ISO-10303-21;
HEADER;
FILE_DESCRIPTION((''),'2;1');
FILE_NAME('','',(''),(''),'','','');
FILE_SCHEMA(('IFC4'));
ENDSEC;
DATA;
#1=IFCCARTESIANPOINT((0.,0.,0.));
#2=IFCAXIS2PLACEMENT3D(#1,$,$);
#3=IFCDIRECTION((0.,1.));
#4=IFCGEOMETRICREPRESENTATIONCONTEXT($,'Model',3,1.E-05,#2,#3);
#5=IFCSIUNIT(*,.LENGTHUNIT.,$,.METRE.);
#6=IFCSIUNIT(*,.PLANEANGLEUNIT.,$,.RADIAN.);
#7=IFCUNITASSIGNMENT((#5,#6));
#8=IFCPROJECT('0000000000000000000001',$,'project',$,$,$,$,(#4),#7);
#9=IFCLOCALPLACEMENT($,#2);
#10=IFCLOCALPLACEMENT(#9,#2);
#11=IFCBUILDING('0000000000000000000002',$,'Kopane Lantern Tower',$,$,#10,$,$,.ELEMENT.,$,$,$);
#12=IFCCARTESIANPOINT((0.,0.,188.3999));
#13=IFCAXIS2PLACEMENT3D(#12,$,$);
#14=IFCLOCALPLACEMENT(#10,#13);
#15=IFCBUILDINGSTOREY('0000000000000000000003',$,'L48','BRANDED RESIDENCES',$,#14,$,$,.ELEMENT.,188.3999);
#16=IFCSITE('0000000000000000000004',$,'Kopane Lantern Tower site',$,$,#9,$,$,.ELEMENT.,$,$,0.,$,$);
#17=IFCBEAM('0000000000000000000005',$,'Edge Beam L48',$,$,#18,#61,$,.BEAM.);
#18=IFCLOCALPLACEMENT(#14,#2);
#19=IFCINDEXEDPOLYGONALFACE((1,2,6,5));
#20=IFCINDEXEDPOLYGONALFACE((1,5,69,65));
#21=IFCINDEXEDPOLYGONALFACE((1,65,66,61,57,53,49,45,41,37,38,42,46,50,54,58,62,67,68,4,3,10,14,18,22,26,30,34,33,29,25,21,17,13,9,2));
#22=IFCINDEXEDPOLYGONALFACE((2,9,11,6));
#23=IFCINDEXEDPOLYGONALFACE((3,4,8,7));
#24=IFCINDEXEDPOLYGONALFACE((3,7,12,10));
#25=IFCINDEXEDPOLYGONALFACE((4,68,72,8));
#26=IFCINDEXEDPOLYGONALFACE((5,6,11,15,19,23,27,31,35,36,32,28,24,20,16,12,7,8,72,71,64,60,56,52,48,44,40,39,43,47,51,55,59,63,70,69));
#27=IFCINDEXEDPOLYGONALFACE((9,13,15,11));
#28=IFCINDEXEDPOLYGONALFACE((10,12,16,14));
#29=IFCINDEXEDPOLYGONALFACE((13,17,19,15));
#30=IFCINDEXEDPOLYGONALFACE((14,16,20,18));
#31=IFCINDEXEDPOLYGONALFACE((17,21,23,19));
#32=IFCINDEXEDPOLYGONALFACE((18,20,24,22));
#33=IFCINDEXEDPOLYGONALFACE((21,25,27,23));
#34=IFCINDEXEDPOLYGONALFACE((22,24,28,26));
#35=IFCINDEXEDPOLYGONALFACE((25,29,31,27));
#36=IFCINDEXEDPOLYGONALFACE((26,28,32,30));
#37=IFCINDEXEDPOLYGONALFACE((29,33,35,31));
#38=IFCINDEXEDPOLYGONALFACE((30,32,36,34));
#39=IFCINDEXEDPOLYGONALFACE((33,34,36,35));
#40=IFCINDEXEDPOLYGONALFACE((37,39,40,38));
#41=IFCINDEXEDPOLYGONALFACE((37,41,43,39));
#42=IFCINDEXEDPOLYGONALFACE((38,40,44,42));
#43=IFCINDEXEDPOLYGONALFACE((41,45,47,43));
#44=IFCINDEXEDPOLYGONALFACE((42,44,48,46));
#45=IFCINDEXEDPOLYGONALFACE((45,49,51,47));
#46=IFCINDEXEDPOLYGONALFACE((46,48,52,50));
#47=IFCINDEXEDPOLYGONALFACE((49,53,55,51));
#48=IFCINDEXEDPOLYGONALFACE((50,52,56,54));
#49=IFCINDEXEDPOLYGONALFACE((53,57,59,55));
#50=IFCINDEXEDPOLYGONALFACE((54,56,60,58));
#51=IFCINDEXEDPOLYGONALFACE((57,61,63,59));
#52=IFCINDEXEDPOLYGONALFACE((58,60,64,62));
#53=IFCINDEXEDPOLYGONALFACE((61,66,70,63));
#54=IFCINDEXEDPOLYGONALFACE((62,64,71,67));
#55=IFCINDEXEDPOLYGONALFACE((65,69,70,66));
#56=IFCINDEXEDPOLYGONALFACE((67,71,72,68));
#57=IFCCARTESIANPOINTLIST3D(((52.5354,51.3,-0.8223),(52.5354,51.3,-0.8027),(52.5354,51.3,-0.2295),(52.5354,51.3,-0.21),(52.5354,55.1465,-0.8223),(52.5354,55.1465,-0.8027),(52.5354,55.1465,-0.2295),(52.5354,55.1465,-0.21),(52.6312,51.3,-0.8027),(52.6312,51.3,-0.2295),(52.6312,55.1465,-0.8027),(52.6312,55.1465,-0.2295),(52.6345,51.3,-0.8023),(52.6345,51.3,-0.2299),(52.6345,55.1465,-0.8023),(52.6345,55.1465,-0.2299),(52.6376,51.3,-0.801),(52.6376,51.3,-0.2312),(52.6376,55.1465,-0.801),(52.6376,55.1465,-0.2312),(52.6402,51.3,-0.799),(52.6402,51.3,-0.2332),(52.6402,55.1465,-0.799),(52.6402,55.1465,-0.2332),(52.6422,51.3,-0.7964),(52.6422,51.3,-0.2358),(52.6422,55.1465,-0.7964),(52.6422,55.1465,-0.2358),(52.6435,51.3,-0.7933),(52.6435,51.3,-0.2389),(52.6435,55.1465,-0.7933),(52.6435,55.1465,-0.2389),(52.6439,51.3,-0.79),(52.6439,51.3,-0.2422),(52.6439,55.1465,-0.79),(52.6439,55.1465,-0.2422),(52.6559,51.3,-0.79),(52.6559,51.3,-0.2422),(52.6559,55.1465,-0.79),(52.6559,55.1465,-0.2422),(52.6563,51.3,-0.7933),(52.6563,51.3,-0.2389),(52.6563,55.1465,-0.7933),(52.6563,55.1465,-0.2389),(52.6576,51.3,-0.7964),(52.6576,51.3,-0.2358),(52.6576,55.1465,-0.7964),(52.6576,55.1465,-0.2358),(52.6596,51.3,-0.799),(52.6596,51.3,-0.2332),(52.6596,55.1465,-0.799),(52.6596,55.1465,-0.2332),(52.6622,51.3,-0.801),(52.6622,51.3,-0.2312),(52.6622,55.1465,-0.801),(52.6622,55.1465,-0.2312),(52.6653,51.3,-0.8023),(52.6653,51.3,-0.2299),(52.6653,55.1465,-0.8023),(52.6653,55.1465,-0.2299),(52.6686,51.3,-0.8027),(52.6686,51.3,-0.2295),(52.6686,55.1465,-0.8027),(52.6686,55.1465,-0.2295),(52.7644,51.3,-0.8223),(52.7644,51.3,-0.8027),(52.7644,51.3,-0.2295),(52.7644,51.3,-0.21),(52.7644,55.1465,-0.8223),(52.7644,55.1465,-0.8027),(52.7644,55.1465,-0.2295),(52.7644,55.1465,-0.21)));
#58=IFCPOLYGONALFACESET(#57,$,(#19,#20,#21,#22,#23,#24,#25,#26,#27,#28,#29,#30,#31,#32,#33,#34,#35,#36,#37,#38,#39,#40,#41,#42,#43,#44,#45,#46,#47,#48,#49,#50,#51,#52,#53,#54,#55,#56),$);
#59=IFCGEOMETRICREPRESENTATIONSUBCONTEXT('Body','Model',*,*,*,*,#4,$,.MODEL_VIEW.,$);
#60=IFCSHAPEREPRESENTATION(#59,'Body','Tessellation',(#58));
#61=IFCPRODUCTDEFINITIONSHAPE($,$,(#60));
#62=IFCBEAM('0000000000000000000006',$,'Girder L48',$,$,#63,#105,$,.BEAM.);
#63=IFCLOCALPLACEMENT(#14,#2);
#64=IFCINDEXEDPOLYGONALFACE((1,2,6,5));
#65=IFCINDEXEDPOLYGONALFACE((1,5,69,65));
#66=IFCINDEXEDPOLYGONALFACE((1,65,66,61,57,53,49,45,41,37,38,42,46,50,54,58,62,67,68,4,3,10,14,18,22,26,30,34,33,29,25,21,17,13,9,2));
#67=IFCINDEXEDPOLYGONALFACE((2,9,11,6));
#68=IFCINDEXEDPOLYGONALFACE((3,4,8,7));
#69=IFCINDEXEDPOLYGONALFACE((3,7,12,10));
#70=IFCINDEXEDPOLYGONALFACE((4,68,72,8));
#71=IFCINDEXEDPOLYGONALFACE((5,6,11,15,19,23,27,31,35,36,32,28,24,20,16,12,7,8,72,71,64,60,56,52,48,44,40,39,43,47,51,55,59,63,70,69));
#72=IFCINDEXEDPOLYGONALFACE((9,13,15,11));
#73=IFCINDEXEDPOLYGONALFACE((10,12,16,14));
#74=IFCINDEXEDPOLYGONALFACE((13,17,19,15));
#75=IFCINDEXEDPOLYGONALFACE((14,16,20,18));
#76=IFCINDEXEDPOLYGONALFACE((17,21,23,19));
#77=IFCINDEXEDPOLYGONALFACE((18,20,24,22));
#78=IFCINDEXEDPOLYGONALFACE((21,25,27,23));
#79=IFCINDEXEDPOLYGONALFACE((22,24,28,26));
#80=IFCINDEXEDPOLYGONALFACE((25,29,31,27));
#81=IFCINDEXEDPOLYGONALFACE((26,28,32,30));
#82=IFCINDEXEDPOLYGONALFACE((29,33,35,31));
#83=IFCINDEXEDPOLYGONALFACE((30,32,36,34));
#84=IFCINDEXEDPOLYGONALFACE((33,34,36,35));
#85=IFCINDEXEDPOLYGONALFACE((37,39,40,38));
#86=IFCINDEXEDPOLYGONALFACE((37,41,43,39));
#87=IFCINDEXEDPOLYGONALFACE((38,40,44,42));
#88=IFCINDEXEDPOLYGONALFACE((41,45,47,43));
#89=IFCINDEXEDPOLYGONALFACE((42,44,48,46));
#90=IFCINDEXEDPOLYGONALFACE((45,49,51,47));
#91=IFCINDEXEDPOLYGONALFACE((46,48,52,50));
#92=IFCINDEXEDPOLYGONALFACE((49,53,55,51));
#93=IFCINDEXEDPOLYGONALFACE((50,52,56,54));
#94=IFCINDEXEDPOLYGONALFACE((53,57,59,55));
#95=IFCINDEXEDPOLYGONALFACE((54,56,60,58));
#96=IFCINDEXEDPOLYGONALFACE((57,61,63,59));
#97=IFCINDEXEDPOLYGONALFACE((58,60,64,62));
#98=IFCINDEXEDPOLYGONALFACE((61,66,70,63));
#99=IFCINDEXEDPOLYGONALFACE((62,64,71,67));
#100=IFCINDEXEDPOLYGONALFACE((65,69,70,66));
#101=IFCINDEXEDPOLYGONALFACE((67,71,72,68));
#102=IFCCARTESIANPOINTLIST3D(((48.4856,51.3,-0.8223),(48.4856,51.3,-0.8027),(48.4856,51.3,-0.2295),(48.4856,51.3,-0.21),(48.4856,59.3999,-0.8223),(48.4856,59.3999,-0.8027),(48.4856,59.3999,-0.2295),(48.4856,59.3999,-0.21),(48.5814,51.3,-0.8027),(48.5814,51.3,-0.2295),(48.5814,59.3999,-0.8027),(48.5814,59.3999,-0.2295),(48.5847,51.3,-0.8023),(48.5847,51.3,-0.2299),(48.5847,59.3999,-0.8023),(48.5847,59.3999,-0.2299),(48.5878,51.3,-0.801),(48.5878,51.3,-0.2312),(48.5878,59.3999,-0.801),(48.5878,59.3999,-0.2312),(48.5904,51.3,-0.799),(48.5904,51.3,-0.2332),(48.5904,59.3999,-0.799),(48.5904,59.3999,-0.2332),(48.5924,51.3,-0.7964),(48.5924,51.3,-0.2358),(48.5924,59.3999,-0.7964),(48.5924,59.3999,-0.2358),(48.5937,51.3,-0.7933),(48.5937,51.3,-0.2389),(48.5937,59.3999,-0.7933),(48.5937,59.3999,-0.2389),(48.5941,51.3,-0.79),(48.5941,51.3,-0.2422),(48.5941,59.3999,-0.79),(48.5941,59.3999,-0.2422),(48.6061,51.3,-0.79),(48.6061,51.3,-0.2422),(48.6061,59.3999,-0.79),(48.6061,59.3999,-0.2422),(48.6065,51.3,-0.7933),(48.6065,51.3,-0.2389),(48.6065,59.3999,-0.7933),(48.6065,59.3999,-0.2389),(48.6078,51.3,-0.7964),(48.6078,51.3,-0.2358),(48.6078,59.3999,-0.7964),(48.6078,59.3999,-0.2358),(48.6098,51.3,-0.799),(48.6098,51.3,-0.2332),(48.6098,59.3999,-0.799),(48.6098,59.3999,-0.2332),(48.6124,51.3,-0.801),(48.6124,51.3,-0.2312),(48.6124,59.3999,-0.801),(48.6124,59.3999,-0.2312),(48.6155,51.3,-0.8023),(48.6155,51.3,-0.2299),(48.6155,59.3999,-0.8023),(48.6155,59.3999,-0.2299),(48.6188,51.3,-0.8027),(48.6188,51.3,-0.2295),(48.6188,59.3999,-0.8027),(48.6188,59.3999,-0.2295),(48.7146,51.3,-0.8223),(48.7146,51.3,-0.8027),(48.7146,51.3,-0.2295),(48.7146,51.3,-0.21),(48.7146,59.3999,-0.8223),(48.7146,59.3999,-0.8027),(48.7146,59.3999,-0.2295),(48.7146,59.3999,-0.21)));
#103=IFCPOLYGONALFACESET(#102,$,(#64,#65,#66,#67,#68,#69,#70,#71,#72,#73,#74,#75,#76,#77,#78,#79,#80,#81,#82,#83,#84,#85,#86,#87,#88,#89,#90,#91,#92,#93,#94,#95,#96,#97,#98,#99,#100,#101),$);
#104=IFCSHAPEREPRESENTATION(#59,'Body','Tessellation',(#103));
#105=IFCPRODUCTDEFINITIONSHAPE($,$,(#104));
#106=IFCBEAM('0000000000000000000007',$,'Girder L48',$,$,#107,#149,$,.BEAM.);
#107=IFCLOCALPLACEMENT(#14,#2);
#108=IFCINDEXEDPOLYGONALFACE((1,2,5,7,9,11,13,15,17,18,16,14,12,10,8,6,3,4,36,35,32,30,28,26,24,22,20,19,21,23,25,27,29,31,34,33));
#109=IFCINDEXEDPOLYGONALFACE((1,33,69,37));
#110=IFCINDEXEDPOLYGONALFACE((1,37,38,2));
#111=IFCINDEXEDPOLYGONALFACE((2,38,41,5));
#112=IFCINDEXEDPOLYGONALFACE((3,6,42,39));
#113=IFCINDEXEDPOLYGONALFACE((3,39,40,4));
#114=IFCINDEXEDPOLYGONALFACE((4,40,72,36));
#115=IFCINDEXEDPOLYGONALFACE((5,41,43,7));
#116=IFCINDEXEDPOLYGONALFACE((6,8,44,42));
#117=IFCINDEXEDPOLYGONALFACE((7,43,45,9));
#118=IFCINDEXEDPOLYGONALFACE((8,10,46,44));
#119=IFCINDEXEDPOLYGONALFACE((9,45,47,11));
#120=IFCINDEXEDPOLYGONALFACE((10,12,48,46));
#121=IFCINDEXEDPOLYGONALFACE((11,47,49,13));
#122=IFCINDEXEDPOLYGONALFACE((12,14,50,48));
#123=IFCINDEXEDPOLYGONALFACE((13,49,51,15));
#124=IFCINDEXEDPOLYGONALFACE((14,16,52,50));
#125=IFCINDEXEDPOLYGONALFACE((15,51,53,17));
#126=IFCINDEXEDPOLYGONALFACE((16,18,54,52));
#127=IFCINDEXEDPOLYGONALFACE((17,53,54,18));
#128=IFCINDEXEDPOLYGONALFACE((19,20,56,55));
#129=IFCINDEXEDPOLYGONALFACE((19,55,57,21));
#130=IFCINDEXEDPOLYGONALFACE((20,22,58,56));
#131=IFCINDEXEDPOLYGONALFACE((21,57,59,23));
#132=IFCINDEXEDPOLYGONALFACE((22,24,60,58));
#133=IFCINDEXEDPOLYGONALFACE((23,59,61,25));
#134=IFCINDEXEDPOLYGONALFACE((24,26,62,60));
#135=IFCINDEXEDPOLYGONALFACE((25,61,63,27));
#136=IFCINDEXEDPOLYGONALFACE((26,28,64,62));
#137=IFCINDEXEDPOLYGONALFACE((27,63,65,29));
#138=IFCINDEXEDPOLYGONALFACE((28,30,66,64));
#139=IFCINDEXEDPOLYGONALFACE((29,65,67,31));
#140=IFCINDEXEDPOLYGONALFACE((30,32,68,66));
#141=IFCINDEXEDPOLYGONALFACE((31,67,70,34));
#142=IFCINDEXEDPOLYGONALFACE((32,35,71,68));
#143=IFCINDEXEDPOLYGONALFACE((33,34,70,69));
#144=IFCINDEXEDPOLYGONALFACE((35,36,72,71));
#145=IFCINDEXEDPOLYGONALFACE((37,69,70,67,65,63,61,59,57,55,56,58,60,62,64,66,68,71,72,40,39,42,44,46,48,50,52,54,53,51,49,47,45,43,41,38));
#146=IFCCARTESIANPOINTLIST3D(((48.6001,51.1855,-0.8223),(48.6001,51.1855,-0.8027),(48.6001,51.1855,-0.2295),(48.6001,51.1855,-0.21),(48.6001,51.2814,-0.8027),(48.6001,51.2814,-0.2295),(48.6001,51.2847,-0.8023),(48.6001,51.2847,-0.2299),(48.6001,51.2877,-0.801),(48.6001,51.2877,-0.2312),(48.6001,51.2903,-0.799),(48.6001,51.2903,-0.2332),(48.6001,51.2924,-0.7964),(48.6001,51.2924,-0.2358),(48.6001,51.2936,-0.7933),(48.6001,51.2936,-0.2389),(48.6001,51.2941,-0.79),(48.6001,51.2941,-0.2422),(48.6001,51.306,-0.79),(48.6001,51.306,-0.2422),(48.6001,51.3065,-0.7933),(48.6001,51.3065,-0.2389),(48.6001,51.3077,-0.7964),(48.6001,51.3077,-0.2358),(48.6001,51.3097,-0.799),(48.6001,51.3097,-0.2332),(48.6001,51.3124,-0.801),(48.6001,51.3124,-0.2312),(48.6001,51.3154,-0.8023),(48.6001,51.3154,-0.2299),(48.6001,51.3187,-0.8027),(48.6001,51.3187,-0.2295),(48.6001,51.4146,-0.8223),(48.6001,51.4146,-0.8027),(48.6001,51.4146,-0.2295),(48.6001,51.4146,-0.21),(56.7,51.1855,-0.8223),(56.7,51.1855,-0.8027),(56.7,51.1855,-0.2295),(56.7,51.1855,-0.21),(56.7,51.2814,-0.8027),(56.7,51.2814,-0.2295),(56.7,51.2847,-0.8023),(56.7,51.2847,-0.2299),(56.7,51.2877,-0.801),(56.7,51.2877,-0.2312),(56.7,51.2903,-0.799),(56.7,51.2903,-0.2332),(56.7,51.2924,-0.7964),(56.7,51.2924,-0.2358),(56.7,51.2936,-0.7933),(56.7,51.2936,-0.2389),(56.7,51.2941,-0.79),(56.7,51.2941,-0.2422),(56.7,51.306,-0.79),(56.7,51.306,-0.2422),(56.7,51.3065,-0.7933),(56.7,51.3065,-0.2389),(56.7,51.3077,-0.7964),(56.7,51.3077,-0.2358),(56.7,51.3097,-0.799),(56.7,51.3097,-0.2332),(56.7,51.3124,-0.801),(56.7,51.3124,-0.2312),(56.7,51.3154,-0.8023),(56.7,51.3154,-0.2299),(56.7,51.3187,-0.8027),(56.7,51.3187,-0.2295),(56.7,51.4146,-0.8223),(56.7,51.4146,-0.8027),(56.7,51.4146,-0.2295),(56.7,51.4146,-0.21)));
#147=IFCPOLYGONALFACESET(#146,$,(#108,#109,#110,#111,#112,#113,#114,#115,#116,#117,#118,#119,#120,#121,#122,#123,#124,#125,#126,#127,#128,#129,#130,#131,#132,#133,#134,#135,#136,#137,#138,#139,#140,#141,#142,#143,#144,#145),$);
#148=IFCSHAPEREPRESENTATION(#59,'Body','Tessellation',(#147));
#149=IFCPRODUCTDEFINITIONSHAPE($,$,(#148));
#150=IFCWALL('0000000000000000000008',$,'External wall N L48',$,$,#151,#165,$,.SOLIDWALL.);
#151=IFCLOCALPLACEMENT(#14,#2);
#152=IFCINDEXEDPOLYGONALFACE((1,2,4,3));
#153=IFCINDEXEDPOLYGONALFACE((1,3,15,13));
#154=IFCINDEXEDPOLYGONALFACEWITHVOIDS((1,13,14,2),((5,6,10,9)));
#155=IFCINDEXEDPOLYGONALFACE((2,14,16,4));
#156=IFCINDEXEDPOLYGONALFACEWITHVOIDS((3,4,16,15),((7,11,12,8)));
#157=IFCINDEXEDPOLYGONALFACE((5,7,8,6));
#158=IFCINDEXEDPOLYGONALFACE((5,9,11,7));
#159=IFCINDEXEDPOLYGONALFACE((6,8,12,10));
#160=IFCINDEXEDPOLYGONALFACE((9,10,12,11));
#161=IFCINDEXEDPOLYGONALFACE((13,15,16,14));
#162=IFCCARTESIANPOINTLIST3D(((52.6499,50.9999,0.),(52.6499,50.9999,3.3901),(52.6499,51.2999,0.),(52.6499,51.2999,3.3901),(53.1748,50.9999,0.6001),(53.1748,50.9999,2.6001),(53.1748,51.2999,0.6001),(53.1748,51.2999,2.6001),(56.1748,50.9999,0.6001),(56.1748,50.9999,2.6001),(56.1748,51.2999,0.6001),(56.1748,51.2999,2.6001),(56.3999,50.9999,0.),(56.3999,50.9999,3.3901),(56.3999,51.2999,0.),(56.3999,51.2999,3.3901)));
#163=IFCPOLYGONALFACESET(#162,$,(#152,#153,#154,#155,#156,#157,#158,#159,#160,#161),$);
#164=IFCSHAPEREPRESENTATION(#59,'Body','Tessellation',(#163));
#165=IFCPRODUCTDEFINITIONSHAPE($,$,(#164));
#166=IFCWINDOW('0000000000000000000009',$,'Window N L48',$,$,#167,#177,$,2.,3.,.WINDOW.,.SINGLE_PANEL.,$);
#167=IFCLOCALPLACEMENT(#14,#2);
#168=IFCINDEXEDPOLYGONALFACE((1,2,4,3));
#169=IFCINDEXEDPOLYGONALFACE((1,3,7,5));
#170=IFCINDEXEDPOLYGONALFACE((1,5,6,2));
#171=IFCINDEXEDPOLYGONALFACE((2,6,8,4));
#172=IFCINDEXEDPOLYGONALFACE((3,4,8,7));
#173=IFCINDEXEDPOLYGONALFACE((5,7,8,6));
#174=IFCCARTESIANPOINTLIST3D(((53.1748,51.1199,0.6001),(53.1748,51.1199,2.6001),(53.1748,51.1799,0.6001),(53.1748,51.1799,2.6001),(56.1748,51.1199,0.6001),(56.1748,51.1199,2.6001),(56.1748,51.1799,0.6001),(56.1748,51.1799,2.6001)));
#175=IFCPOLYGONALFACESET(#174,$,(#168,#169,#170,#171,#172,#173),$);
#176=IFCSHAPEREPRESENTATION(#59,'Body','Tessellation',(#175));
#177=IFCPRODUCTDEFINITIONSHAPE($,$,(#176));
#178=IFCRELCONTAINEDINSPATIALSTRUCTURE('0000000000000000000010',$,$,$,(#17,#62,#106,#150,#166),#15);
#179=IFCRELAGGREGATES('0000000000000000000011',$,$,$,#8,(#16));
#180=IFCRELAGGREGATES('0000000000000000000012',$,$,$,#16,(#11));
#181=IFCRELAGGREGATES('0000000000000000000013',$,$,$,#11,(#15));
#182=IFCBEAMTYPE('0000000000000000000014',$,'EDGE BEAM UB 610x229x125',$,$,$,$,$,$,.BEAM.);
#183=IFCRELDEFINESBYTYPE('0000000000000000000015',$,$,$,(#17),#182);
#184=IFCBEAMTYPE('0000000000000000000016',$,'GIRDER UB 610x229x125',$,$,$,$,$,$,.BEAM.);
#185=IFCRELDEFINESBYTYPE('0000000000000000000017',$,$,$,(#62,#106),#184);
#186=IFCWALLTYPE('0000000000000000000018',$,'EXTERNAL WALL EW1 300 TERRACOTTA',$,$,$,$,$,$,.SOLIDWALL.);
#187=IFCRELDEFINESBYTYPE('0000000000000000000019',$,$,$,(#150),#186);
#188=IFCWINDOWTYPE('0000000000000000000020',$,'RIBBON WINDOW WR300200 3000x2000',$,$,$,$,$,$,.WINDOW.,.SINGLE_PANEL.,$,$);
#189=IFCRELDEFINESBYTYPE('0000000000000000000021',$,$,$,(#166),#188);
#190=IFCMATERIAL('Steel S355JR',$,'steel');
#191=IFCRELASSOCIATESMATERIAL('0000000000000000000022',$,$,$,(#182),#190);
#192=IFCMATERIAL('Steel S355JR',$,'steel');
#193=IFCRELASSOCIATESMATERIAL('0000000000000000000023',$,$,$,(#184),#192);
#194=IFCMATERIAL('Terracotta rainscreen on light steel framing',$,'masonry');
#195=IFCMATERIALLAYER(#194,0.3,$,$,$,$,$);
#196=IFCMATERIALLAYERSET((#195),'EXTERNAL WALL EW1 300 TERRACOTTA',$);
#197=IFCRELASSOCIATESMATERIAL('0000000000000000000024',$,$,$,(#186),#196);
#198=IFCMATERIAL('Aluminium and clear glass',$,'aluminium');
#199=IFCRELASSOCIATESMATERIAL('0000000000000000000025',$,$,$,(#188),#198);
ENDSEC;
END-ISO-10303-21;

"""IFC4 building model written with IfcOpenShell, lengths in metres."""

from ifc_helpers import new_model, si_unit, direction, frame, frame_2d, origin, origin_2d, place, context, subcontext, project, spatial, rectangle, i_section, extrude, material, layer, layer_set, material_profile, profile_set, type_object, element, fill, save


model = new_model("IFC4")

# Units and contexts
model_context = context("Model", 3, precision=1e-05, world=origin(), true_north=direction((0.0, 1.0)))
body_context = subcontext(model_context, "Body", "Model", "MODEL_VIEW")
ifc_project = project(units=[si_unit("LENGTHUNIT", "METRE"), si_unit("PLANEANGLEUNIT", "RADIAN")], contexts=[model_context])

# Site, building, storey
site_placement = place(None, origin())
site = spatial("IfcSite", under=ifc_project, at=site_placement, Name="Kopane Lantern Tower site", CompositionType="ELEMENT", RefElevation=0.0)
building_placement = place(site_placement, origin())
building = spatial("IfcBuilding", under=site, at=building_placement, Name="Kopane Lantern Tower", CompositionType="ELEMENT")
storey_placement = place(building_placement, frame((0.0, 0.0, 188.3999)))
storey = spatial("IfcBuildingStorey", under=building, at=storey_placement, Name="L48", Description="BRANDED RESIDENCES", CompositionType="ELEMENT", Elevation=188.3999)

# Beams
ifc_material_1 = material(Name="Steel S355JR", Category="steel")
ifc_material_profile_1 = material_profile(ifc_material_1, i_section(OverallWidth=0.229, OverallDepth=0.6123, WebThickness=0.012, FlangeThickness=0.0195, FilletRadius=0.0127, at=origin_2d()), Name="UB 610x229x125")
ifc_profile_set_1 = profile_set([ifc_material_profile_1], Name="Steel S355JR")
beam_type_1 = type_object("IfcBeamType", Name="EDGE BEAM UB 610x229x125", PredefinedType="BEAM", material=ifc_profile_set_1)
for number, where, z_axis, x_axis, name in (
    (1, (52.6499, 55.1465, -0.5161), (0.0, -1.0, 0.0), (1.0, 0.0, 0.0), "Edge Beam L48"),
):
    element("IfcBeam", number, at=place(storey_placement, frame(where, z_axis=z_axis, x_axis=x_axis)), inside=storey, type_object=beam_type_1, Name=name, PredefinedType="BEAM", context=body_context, shape_type="SweptSolid", body=[
        extrude(i_section(OverallWidth=0.229, OverallDepth=0.6123, WebThickness=0.012, FlangeThickness=0.0195, FilletRadius=0.0127, at=origin_2d()), origin(), (0.0, 0.0, 1.0), 3.8464),
    ])
ifc_material_2 = material(Name="Steel S355JR", Category="steel")
ifc_material_profile_2 = material_profile(ifc_material_2, i_section(OverallWidth=0.229, OverallDepth=0.6123, WebThickness=0.012, FlangeThickness=0.0195, FilletRadius=0.0127, at=origin_2d()), Name="UB 610x229x125")
ifc_profile_set_2 = profile_set([ifc_material_profile_2], Name="Steel S355JR")
beam_type_2 = type_object("IfcBeamType", Name="GIRDER UB 610x229x125", PredefinedType="BEAM", material=ifc_profile_set_2)
for number, where, z_axis, x_axis, name in (
    (2, (48.6001, 51.3, -0.5161), (0.0, 1.0, 0.0), (-1.0, 0.0, 0.0), "Girder L48"),
    (3, (48.6001, 51.3, -0.5161), (1.0, 0.0, 0.0), (0.0, 1.0, 0.0), "Girder L48"),
):
    element("IfcBeam", number, at=place(storey_placement, frame(where, z_axis=z_axis, x_axis=x_axis)), inside=storey, type_object=beam_type_2, Name=name, PredefinedType="BEAM", context=body_context, shape_type="SweptSolid", body=[
        extrude(i_section(OverallWidth=0.229, OverallDepth=0.6123, WebThickness=0.012, FlangeThickness=0.0195, FilletRadius=0.0127, at=origin_2d()), origin(), (0.0, 0.0, 1.0), 8.0999),
    ])

# Wall, opening, window
ifc_material_3 = material(Name="Terracotta rainscreen on light steel framing", Category="masonry")
ifc_layer = layer(ifc_material_3, 0.3)
ifc_layer_set = layer_set([ifc_layer], Name="EXTERNAL WALL EW1 300 TERRACOTTA")
wall_type = type_object("IfcWallType", Name="EXTERNAL WALL EW1 300 TERRACOTTA", PredefinedType="SOLIDWALL", material=ifc_layer_set)
wall_1_placement = place(storey_placement, frame((56.3999, 51.1499, 0.0), z_axis=(0.0, 0.0, 1.0), x_axis=(-1.0, 0.0, 0.0)))
wall_1 = element("IfcWall", 4, at=wall_1_placement, inside=storey, type_object=wall_type, Name="External wall N L48", PredefinedType="SOLIDWALL", context=body_context, shape_type="SweptSolid", body=[
    extrude(rectangle(XDim=3.75, YDim=0.3, at=frame_2d((1.875, 0.0))), origin(), (0.0, 0.0, 1.0), 3.3901),
])
opening_1_placement = place(wall_1_placement, frame((0.2251, 0.0, 0.6001)))
opening_1 = element("IfcOpeningElement", 5, at=opening_1_placement, cuts=wall_1, PredefinedType="OPENING", context=body_context, shape_type="SweptSolid", body=[
    extrude(rectangle(XDim=3.0, YDim=2.0, at=frame_2d((1.5, 1.0))), frame((0.0, 0.1599, 0.0), z_axis=(0.0, -1.0, 0.0), x_axis=(1.0, 0.0, 0.0)), (0.0, 0.0, 1.0), 0.3201),
])
ifc_material_4 = material(Name="Aluminium and clear glass", Category="aluminium")
window_type = type_object("IfcWindowType", Name="RIBBON WINDOW WR300200 3000x2000", PartitioningType="SINGLE_PANEL", PredefinedType="WINDOW", material=ifc_material_4)
window_1_placement = place(opening_1_placement, origin())
window_1 = element("IfcWindow", 6, at=window_1_placement, inside=storey, type_object=window_type, Name="Window N L48", OverallHeight=2.0, OverallWidth=3.0, PartitioningType="SINGLE_PANEL", PredefinedType="WINDOW", context=body_context, shape_type="SweptSolid", body=[
    extrude(rectangle(XDim=3.0, YDim=2.0, at=frame_2d((1.5, 1.0))), frame((0.0, 0.03, 0.0), z_axis=(0.0, -1.0, 0.0), x_axis=(1.0, 0.0, 0.0)), (0.0, 0.0, 1.0), 0.0601),
])
fill(opening_1, window_1)

save(model, "model.ifc")
